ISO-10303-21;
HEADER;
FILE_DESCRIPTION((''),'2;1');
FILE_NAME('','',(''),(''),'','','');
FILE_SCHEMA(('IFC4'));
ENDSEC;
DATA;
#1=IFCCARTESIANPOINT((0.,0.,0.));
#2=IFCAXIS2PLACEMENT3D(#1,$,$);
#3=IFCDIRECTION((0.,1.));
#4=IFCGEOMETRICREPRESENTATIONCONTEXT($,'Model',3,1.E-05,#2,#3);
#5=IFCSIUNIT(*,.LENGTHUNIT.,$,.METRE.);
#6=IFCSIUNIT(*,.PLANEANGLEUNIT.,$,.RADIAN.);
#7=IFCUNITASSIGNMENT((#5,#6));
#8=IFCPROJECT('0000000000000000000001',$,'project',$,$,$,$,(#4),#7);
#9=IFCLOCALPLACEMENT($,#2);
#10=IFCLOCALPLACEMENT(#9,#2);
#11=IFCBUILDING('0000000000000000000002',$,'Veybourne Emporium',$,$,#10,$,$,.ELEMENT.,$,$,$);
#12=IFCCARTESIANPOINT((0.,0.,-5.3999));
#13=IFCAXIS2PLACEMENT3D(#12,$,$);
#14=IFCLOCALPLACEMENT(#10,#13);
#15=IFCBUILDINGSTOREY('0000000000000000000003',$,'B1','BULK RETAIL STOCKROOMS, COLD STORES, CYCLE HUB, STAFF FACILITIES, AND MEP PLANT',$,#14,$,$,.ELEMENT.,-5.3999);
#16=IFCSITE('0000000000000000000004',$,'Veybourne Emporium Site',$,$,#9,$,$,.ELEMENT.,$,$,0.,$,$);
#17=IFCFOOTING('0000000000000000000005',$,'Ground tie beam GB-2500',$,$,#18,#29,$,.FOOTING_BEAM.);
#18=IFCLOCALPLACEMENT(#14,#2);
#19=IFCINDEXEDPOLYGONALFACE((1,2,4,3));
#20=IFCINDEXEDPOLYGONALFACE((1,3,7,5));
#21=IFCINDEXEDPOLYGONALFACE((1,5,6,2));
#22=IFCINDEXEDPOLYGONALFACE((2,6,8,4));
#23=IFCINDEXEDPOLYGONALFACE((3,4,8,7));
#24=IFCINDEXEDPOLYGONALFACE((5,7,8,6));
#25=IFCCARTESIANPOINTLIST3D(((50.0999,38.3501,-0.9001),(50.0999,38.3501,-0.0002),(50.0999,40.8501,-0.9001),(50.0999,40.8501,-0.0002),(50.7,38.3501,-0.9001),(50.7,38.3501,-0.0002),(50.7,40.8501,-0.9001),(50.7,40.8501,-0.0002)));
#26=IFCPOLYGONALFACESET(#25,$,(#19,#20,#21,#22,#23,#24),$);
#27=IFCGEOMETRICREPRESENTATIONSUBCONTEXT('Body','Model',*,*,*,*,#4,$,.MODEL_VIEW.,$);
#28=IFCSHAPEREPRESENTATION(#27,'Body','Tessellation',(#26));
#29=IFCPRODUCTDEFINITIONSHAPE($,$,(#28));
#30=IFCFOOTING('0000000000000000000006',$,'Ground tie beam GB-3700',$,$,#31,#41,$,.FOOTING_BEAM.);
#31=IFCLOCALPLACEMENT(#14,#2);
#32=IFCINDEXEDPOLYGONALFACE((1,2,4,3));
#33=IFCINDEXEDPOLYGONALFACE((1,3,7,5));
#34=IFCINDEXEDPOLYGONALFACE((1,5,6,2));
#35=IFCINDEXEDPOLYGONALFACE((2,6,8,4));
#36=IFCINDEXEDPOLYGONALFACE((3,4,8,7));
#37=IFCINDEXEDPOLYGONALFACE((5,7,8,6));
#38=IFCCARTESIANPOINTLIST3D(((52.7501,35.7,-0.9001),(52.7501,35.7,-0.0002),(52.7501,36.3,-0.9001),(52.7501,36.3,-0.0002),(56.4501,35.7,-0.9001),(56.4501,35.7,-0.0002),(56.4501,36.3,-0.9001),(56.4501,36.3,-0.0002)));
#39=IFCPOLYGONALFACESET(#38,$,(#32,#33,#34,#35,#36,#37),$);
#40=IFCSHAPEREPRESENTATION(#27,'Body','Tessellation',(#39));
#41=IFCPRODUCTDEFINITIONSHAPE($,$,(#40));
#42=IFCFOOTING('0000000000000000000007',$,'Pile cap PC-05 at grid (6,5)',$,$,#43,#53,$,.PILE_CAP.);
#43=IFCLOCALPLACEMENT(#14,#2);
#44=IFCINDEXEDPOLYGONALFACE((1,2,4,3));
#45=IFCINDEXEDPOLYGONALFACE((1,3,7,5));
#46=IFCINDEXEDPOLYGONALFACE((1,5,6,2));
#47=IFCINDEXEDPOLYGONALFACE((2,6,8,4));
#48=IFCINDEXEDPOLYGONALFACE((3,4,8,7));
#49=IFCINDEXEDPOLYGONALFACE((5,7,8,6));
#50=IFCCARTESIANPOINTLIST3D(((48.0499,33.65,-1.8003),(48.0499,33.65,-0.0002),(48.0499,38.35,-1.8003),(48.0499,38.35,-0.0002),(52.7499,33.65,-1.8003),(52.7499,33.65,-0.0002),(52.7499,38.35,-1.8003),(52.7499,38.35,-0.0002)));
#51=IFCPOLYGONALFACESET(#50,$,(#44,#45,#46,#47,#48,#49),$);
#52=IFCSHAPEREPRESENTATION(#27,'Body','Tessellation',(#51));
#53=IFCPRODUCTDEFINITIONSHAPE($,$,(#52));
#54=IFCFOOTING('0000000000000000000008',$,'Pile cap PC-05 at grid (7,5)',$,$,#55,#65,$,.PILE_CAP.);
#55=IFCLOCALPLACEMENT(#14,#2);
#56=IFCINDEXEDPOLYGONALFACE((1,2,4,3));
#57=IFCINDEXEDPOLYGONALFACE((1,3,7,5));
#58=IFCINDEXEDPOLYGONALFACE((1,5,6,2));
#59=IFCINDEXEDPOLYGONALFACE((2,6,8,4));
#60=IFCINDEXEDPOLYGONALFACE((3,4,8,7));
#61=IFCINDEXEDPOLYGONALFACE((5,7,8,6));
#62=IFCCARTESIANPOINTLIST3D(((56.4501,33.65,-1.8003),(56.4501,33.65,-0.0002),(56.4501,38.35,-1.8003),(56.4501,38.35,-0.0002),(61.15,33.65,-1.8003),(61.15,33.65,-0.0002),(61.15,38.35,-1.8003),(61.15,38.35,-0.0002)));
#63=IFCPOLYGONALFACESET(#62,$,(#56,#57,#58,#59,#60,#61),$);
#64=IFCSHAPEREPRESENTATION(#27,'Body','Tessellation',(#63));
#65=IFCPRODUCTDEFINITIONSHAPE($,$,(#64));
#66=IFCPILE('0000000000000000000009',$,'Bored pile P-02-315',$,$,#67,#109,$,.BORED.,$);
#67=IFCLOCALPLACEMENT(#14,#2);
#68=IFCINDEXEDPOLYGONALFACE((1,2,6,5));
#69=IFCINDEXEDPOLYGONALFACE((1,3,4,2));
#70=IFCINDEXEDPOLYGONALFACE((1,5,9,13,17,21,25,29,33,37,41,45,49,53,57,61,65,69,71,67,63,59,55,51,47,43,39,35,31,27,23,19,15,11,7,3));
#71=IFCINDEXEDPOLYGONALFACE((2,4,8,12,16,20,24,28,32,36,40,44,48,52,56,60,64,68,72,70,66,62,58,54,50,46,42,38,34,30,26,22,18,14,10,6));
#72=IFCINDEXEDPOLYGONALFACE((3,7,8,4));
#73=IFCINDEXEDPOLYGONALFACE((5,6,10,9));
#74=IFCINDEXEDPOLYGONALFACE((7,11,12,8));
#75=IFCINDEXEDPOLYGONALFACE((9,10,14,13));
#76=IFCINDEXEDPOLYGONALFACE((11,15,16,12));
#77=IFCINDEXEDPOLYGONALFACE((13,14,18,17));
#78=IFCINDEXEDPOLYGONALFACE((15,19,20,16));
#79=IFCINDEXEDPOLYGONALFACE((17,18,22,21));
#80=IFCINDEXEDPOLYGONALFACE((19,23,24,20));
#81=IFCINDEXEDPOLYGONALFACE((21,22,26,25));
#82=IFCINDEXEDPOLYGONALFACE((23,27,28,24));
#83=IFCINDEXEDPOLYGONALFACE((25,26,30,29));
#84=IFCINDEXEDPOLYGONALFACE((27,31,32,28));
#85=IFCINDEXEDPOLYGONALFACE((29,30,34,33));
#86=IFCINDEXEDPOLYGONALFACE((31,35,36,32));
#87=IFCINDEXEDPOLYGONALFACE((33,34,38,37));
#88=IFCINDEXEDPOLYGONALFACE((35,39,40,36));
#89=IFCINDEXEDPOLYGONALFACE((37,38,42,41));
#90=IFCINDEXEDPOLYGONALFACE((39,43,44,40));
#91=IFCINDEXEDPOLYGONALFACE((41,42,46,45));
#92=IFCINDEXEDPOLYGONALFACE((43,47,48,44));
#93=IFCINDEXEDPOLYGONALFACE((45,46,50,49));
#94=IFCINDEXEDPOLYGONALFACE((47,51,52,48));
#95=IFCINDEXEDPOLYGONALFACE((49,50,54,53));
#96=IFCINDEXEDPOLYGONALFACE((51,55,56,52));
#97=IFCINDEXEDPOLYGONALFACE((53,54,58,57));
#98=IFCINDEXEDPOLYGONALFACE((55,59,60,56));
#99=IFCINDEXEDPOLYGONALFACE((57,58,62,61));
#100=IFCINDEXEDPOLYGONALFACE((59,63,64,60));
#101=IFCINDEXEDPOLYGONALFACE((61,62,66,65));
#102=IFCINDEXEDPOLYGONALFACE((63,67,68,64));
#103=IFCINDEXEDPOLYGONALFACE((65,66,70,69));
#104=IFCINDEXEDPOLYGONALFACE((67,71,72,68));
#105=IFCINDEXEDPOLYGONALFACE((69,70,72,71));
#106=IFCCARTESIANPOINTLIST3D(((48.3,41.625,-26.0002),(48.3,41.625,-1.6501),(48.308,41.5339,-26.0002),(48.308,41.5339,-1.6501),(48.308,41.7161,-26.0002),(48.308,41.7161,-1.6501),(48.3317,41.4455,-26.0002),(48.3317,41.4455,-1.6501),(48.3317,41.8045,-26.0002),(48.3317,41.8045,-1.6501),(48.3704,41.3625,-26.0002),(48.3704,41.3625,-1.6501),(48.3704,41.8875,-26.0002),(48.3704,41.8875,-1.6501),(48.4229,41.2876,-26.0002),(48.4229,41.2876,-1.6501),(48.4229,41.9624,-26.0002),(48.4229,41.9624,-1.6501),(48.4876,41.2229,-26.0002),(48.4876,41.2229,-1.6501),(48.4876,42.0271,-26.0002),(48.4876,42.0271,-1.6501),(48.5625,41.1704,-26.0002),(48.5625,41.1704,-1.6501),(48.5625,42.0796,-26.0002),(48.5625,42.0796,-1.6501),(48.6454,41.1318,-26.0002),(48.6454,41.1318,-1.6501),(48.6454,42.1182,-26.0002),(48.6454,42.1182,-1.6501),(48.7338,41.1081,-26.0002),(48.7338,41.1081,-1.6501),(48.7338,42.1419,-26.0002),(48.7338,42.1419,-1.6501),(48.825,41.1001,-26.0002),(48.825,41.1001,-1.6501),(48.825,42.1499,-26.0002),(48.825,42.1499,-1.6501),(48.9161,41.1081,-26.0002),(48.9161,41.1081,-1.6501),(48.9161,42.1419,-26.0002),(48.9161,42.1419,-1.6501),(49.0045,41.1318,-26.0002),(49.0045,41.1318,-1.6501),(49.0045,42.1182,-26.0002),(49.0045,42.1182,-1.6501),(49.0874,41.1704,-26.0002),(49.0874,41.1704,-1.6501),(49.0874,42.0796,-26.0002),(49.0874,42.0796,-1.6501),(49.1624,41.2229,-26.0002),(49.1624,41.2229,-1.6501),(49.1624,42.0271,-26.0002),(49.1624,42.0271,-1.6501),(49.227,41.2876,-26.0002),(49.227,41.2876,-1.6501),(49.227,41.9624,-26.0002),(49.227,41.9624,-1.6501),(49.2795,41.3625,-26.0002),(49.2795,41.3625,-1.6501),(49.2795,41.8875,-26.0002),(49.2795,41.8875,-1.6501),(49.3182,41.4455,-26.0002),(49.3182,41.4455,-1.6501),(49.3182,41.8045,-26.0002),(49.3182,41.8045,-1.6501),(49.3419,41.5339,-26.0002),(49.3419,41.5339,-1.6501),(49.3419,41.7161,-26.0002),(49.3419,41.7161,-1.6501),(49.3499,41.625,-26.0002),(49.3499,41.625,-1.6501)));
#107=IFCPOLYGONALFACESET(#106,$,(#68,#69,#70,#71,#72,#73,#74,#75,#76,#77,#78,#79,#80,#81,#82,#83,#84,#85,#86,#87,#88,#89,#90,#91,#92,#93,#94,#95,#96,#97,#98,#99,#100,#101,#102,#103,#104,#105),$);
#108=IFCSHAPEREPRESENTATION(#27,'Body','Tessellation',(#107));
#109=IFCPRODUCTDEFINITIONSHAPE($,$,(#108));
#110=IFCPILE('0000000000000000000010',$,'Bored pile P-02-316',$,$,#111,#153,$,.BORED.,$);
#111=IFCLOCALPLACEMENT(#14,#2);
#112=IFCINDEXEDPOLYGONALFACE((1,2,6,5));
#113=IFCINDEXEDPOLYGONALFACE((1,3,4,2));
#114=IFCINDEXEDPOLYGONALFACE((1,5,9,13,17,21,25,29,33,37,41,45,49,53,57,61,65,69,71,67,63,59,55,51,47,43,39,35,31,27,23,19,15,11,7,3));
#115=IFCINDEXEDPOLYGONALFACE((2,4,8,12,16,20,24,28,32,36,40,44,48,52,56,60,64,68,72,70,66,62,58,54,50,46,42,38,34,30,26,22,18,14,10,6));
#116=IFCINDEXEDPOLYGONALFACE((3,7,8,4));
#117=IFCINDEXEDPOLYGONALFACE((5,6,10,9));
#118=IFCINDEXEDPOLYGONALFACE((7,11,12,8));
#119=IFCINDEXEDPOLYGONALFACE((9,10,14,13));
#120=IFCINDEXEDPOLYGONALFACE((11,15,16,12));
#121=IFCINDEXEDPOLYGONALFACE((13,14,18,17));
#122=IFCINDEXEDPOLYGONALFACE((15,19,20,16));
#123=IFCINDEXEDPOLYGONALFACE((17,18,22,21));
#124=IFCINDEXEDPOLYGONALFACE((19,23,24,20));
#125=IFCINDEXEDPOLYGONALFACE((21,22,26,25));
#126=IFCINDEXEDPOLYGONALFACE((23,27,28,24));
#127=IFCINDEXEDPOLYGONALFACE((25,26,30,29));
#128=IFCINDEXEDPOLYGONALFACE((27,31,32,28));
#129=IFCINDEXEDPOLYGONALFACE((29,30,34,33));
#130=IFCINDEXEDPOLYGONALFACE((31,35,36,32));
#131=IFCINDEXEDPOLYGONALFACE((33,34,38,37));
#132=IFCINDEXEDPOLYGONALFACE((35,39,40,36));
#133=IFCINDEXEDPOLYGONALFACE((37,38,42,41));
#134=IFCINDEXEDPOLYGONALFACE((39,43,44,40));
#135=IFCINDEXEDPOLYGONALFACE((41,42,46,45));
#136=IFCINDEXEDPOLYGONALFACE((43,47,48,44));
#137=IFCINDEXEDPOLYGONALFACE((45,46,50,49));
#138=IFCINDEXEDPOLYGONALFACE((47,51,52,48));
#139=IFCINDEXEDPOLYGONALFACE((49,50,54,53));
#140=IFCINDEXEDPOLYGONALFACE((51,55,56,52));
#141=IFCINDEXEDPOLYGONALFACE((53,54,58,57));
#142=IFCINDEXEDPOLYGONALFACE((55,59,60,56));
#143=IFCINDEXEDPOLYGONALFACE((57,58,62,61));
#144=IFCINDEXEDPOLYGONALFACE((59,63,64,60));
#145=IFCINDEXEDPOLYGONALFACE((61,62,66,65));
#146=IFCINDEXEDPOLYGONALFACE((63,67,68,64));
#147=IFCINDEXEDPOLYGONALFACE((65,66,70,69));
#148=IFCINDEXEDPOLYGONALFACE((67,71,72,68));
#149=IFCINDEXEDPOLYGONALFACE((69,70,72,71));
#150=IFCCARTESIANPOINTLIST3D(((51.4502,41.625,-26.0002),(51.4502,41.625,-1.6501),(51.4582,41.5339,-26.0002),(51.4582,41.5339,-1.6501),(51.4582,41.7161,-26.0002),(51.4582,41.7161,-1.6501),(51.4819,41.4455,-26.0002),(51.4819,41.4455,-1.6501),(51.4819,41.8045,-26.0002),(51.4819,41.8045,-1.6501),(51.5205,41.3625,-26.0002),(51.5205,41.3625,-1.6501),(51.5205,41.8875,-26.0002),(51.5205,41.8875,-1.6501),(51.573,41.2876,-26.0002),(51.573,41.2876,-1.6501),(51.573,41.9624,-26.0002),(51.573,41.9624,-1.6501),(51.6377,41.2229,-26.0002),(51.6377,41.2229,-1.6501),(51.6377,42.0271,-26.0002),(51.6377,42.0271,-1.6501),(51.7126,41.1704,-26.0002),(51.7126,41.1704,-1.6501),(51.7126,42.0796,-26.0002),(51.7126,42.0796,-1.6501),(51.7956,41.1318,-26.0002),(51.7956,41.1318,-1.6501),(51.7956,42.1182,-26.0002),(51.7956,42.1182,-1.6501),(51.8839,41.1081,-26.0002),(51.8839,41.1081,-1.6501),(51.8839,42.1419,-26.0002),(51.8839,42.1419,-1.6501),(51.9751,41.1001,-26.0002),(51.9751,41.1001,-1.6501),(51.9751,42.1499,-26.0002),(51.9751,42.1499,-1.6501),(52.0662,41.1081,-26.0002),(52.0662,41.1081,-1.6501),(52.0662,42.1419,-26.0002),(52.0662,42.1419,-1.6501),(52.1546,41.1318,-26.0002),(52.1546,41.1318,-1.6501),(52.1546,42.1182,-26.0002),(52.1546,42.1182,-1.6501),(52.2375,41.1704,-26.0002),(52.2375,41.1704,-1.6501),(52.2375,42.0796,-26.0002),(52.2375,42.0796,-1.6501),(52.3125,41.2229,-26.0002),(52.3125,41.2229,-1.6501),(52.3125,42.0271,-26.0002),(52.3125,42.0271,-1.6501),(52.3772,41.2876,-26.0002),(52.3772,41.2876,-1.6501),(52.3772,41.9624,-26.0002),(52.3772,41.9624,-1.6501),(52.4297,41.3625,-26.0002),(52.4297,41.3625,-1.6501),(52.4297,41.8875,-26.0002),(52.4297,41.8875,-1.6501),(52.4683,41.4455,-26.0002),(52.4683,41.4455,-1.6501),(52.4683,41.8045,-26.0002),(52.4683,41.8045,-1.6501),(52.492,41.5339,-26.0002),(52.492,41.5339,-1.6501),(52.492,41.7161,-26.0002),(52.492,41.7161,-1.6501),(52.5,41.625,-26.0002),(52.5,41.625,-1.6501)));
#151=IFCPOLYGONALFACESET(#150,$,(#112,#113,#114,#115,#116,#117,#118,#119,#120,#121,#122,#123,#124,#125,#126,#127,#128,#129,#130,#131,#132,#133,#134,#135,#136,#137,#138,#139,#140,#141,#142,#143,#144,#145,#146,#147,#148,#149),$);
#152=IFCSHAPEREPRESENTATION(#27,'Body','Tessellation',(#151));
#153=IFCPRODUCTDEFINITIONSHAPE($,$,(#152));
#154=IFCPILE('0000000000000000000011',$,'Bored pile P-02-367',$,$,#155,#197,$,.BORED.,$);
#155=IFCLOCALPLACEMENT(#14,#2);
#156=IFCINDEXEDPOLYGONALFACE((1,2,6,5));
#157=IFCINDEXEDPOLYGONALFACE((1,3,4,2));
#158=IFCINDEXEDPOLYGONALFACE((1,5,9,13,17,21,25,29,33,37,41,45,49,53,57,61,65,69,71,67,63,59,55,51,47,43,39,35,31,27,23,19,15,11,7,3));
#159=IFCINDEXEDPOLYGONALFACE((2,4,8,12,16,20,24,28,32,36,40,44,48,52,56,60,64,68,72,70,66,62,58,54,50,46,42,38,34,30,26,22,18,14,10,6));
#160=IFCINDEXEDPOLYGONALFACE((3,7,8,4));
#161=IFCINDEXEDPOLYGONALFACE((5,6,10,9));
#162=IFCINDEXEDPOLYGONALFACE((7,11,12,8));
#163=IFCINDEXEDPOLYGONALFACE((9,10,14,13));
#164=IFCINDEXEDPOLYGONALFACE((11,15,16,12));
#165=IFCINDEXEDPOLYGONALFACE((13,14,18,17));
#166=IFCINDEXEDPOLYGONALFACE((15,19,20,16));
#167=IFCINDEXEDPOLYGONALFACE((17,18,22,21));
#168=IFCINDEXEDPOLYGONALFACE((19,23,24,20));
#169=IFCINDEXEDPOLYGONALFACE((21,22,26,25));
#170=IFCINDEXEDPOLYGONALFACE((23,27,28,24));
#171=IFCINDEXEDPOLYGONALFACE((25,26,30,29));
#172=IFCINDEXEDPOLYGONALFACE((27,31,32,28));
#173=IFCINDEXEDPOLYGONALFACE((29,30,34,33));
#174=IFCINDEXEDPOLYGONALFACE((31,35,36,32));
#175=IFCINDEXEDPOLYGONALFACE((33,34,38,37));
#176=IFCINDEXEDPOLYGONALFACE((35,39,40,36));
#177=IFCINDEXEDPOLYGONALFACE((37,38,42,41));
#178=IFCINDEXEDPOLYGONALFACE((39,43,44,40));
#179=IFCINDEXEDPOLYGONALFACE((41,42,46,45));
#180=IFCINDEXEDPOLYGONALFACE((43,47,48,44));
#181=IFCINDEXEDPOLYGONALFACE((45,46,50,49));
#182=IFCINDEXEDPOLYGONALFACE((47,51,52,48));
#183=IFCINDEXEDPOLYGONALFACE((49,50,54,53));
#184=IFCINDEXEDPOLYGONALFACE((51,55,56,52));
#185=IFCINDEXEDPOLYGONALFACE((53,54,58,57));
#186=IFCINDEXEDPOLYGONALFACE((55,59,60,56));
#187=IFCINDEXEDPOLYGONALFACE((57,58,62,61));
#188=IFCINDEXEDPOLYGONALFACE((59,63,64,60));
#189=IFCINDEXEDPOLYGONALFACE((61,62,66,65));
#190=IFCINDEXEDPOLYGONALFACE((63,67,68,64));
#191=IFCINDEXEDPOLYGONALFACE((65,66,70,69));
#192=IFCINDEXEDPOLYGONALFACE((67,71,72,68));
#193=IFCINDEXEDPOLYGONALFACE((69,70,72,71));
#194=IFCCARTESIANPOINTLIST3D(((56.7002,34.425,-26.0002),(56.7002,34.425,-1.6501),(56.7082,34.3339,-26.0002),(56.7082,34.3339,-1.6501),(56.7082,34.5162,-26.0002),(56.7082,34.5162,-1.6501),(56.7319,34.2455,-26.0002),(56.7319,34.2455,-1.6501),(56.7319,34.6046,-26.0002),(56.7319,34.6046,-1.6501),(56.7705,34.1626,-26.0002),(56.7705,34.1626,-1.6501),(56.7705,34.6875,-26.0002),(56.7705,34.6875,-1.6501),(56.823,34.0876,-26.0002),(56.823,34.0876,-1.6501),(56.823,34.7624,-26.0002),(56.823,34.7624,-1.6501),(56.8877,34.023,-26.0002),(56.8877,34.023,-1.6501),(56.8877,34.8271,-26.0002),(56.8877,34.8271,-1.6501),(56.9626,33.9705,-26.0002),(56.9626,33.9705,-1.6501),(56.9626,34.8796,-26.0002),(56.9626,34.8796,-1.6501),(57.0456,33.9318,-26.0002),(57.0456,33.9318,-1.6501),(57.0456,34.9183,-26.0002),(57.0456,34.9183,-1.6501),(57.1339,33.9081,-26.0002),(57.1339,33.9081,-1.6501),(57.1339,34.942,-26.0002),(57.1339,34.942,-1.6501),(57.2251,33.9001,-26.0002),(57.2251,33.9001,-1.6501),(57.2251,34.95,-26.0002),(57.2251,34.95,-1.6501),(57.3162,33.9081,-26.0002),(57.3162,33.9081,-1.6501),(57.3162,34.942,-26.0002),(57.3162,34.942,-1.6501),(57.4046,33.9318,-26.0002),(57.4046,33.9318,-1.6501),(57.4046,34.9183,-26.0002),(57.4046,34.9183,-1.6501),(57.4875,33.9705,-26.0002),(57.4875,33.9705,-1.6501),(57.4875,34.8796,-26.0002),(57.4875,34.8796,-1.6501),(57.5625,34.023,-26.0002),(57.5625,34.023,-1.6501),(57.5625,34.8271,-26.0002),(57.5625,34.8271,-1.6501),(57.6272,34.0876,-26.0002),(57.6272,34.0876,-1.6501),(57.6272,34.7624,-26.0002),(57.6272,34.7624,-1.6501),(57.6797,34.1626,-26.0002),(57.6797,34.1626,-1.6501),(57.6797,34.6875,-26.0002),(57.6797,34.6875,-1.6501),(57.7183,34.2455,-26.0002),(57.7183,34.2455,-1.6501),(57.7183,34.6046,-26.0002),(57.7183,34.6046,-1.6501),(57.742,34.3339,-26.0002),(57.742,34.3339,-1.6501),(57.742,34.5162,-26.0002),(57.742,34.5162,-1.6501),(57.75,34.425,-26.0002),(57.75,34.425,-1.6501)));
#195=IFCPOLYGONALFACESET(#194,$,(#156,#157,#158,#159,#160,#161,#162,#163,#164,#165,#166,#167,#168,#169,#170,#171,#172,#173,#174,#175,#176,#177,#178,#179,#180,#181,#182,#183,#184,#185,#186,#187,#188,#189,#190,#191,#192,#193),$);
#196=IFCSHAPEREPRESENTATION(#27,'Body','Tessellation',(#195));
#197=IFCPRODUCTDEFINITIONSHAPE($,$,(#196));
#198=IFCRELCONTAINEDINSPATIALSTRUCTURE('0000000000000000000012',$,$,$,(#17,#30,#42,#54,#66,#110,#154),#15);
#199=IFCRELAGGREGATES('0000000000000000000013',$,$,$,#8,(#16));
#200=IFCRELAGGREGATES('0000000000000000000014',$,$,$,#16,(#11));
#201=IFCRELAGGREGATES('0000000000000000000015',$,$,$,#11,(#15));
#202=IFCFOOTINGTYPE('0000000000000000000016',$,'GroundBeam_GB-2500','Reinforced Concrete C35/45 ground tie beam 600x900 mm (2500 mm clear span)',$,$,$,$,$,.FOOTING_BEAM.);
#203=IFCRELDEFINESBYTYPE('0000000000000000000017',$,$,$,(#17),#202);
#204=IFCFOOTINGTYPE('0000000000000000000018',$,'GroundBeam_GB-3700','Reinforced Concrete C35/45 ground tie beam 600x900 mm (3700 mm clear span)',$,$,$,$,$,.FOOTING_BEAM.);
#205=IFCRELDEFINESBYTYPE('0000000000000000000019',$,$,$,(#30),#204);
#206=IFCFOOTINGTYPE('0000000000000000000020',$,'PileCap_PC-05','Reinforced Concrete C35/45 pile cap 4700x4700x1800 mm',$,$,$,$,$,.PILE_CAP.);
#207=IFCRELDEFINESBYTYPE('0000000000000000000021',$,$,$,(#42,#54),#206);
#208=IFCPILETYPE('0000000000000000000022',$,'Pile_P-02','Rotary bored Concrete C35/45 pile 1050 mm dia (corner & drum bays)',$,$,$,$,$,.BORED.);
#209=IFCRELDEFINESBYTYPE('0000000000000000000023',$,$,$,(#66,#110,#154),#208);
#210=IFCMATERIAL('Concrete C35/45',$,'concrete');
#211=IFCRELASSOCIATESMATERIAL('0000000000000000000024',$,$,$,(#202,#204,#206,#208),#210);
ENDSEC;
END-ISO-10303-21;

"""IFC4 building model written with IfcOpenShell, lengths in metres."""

from ifc_helpers import new_model, si_unit, direction, frame, origin, origin_2d, place, context, subcontext, project, spatial, rectangle, circle, extrude, material, material_profile, profile_set, type_object, element, save


model = new_model("IFC4")

# Units and contexts
model_context = context("Model", 3, precision=1e-05, world=origin(), true_north=direction((0.0, 1.0)))
body_context = subcontext(model_context, "Body", "Model", "MODEL_VIEW")
ifc_project = project(units=[si_unit("LENGTHUNIT", "METRE"), si_unit("PLANEANGLEUNIT", "RADIAN")], contexts=[model_context])

# Site, building, storey
site_placement = place(None, origin())
site = spatial("IfcSite", under=ifc_project, at=site_placement, Name="Veybourne Emporium Site", CompositionType="ELEMENT", RefElevation=0.0)
building_placement = place(site_placement, origin())
building = spatial("IfcBuilding", under=site, at=building_placement, Name="Veybourne Emporium", CompositionType="ELEMENT")
storey_placement = place(building_placement, frame((0.0, 0.0, -5.3999)))
storey = spatial("IfcBuildingStorey", under=building, at=storey_placement, Name="B1", Description="BULK RETAIL STOCKROOMS, COLD STORES, CYCLE HUB, STAFF FACILITIES, AND MEP PLANT", CompositionType="ELEMENT", Elevation=-5.3999)

# Footings
ifc_material_1 = material(Name="Concrete C35/45", Category="concrete")
footing_type_1 = type_object("IfcFootingType", Name="GroundBeam_GB-2500", Description="Reinforced Concrete C35/45 ground tie beam 600x900 mm (2500 mm clear span)", PredefinedType="FOOTING_BEAM", material=ifc_material_1)
footing_1_placement = place(storey_placement, frame((50.3999, 39.6001, -0.9001), z_axis=(0.0, 0.0, 1.0), x_axis=(0.0, 1.0, 0.0)))
element("IfcFooting", 1, at=footing_1_placement, inside=storey, type_object=footing_type_1, Name="Ground tie beam GB-2500", PredefinedType="FOOTING_BEAM", context=body_context, shape_type="SweptSolid", body=[
    extrude(rectangle(XDim=2.5, YDim=0.6001, at=origin_2d()), origin(), (0.0, 0.0, 1.0), 0.8999),
])
footing_type_2 = type_object("IfcFootingType", Name="GroundBeam_GB-3700", Description="Reinforced Concrete C35/45 ground tie beam 600x900 mm (3700 mm clear span)", PredefinedType="FOOTING_BEAM", material=ifc_material_1)
footing_2_placement = place(storey_placement, frame((54.6001, 36.0, -0.9001), z_axis=(0.0, 0.0, 1.0), x_axis=(1.0, 0.0, 0.0)))
element("IfcFooting", 2, at=footing_2_placement, inside=storey, type_object=footing_type_2, Name="Ground tie beam GB-3700", PredefinedType="FOOTING_BEAM", context=body_context, shape_type="SweptSolid", body=[
    extrude(rectangle(XDim=3.7, YDim=0.6001, at=origin_2d()), origin(), (0.0, 0.0, 1.0), 0.8999),
])
footing_type_3 = type_object("IfcFootingType", Name="PileCap_PC-05", Description="Reinforced Concrete C35/45 pile cap 4700x4700x1800 mm", PredefinedType="PILE_CAP", material=ifc_material_1)
for number, where, z_axis, x_axis, name in (
    (3, (50.3999, 36.0, -1.8003), (0.0, 0.0, 1.0), (1.0, 0.0, 0.0), "Pile cap PC-05 at grid (6,5)"),
    (4, (58.8, 36.0, -1.8003), (0.0, 0.0, 1.0), (1.0, 0.0, 0.0), "Pile cap PC-05 at grid (7,5)"),
):
    element("IfcFooting", number, at=place(storey_placement, frame(where, z_axis=z_axis, x_axis=x_axis)), inside=storey, type_object=footing_type_3, Name=name, PredefinedType="PILE_CAP", context=body_context, shape_type="SweptSolid", body=[
        extrude(rectangle(XDim=4.7, YDim=4.7, at=origin_2d()), origin(), (0.0, 0.0, 1.0), 1.8),
    ])

# Piles
ifc_material_profile_1 = material_profile(ifc_material_1, circle(Radius=0.5249, at=origin_2d()), Name="BORED PILE 1050")
ifc_profile_set_1 = profile_set([ifc_material_profile_1], Name="Concrete C35/45")
pile_type_1 = type_object("IfcPileType", Name="Pile_P-02", Description="Rotary bored Concrete C35/45 pile 1050 mm dia (corner & drum bays)", PredefinedType="BORED", material=ifc_profile_set_1)
for number, where, z_axis, x_axis, name in (
    (5, (48.825, 41.625, -1.6501), (0.0, 0.0, -1.0), (1.0, 0.0, 0.0), "Bored pile P-02-315"),
    (6, (51.9751, 41.625, -1.6501), (0.0, 0.0, -1.0), (1.0, 0.0, 0.0), "Bored pile P-02-316"),
    (7, (57.2251, 34.425, -1.6501), (0.0, 0.0, -1.0), (1.0, 0.0, 0.0), "Bored pile P-02-367"),
):
    element("IfcPile", number, at=place(storey_placement, frame(where, z_axis=z_axis, x_axis=x_axis)), inside=storey, type_object=pile_type_1, Name=name, PredefinedType="BORED", context=body_context, shape_type="SweptSolid", body=[
        extrude(circle(Radius=0.5249, at=origin_2d()), origin(), (0.0, 0.0, 1.0), 24.3501),
    ])

save(model, "model.ifc")
